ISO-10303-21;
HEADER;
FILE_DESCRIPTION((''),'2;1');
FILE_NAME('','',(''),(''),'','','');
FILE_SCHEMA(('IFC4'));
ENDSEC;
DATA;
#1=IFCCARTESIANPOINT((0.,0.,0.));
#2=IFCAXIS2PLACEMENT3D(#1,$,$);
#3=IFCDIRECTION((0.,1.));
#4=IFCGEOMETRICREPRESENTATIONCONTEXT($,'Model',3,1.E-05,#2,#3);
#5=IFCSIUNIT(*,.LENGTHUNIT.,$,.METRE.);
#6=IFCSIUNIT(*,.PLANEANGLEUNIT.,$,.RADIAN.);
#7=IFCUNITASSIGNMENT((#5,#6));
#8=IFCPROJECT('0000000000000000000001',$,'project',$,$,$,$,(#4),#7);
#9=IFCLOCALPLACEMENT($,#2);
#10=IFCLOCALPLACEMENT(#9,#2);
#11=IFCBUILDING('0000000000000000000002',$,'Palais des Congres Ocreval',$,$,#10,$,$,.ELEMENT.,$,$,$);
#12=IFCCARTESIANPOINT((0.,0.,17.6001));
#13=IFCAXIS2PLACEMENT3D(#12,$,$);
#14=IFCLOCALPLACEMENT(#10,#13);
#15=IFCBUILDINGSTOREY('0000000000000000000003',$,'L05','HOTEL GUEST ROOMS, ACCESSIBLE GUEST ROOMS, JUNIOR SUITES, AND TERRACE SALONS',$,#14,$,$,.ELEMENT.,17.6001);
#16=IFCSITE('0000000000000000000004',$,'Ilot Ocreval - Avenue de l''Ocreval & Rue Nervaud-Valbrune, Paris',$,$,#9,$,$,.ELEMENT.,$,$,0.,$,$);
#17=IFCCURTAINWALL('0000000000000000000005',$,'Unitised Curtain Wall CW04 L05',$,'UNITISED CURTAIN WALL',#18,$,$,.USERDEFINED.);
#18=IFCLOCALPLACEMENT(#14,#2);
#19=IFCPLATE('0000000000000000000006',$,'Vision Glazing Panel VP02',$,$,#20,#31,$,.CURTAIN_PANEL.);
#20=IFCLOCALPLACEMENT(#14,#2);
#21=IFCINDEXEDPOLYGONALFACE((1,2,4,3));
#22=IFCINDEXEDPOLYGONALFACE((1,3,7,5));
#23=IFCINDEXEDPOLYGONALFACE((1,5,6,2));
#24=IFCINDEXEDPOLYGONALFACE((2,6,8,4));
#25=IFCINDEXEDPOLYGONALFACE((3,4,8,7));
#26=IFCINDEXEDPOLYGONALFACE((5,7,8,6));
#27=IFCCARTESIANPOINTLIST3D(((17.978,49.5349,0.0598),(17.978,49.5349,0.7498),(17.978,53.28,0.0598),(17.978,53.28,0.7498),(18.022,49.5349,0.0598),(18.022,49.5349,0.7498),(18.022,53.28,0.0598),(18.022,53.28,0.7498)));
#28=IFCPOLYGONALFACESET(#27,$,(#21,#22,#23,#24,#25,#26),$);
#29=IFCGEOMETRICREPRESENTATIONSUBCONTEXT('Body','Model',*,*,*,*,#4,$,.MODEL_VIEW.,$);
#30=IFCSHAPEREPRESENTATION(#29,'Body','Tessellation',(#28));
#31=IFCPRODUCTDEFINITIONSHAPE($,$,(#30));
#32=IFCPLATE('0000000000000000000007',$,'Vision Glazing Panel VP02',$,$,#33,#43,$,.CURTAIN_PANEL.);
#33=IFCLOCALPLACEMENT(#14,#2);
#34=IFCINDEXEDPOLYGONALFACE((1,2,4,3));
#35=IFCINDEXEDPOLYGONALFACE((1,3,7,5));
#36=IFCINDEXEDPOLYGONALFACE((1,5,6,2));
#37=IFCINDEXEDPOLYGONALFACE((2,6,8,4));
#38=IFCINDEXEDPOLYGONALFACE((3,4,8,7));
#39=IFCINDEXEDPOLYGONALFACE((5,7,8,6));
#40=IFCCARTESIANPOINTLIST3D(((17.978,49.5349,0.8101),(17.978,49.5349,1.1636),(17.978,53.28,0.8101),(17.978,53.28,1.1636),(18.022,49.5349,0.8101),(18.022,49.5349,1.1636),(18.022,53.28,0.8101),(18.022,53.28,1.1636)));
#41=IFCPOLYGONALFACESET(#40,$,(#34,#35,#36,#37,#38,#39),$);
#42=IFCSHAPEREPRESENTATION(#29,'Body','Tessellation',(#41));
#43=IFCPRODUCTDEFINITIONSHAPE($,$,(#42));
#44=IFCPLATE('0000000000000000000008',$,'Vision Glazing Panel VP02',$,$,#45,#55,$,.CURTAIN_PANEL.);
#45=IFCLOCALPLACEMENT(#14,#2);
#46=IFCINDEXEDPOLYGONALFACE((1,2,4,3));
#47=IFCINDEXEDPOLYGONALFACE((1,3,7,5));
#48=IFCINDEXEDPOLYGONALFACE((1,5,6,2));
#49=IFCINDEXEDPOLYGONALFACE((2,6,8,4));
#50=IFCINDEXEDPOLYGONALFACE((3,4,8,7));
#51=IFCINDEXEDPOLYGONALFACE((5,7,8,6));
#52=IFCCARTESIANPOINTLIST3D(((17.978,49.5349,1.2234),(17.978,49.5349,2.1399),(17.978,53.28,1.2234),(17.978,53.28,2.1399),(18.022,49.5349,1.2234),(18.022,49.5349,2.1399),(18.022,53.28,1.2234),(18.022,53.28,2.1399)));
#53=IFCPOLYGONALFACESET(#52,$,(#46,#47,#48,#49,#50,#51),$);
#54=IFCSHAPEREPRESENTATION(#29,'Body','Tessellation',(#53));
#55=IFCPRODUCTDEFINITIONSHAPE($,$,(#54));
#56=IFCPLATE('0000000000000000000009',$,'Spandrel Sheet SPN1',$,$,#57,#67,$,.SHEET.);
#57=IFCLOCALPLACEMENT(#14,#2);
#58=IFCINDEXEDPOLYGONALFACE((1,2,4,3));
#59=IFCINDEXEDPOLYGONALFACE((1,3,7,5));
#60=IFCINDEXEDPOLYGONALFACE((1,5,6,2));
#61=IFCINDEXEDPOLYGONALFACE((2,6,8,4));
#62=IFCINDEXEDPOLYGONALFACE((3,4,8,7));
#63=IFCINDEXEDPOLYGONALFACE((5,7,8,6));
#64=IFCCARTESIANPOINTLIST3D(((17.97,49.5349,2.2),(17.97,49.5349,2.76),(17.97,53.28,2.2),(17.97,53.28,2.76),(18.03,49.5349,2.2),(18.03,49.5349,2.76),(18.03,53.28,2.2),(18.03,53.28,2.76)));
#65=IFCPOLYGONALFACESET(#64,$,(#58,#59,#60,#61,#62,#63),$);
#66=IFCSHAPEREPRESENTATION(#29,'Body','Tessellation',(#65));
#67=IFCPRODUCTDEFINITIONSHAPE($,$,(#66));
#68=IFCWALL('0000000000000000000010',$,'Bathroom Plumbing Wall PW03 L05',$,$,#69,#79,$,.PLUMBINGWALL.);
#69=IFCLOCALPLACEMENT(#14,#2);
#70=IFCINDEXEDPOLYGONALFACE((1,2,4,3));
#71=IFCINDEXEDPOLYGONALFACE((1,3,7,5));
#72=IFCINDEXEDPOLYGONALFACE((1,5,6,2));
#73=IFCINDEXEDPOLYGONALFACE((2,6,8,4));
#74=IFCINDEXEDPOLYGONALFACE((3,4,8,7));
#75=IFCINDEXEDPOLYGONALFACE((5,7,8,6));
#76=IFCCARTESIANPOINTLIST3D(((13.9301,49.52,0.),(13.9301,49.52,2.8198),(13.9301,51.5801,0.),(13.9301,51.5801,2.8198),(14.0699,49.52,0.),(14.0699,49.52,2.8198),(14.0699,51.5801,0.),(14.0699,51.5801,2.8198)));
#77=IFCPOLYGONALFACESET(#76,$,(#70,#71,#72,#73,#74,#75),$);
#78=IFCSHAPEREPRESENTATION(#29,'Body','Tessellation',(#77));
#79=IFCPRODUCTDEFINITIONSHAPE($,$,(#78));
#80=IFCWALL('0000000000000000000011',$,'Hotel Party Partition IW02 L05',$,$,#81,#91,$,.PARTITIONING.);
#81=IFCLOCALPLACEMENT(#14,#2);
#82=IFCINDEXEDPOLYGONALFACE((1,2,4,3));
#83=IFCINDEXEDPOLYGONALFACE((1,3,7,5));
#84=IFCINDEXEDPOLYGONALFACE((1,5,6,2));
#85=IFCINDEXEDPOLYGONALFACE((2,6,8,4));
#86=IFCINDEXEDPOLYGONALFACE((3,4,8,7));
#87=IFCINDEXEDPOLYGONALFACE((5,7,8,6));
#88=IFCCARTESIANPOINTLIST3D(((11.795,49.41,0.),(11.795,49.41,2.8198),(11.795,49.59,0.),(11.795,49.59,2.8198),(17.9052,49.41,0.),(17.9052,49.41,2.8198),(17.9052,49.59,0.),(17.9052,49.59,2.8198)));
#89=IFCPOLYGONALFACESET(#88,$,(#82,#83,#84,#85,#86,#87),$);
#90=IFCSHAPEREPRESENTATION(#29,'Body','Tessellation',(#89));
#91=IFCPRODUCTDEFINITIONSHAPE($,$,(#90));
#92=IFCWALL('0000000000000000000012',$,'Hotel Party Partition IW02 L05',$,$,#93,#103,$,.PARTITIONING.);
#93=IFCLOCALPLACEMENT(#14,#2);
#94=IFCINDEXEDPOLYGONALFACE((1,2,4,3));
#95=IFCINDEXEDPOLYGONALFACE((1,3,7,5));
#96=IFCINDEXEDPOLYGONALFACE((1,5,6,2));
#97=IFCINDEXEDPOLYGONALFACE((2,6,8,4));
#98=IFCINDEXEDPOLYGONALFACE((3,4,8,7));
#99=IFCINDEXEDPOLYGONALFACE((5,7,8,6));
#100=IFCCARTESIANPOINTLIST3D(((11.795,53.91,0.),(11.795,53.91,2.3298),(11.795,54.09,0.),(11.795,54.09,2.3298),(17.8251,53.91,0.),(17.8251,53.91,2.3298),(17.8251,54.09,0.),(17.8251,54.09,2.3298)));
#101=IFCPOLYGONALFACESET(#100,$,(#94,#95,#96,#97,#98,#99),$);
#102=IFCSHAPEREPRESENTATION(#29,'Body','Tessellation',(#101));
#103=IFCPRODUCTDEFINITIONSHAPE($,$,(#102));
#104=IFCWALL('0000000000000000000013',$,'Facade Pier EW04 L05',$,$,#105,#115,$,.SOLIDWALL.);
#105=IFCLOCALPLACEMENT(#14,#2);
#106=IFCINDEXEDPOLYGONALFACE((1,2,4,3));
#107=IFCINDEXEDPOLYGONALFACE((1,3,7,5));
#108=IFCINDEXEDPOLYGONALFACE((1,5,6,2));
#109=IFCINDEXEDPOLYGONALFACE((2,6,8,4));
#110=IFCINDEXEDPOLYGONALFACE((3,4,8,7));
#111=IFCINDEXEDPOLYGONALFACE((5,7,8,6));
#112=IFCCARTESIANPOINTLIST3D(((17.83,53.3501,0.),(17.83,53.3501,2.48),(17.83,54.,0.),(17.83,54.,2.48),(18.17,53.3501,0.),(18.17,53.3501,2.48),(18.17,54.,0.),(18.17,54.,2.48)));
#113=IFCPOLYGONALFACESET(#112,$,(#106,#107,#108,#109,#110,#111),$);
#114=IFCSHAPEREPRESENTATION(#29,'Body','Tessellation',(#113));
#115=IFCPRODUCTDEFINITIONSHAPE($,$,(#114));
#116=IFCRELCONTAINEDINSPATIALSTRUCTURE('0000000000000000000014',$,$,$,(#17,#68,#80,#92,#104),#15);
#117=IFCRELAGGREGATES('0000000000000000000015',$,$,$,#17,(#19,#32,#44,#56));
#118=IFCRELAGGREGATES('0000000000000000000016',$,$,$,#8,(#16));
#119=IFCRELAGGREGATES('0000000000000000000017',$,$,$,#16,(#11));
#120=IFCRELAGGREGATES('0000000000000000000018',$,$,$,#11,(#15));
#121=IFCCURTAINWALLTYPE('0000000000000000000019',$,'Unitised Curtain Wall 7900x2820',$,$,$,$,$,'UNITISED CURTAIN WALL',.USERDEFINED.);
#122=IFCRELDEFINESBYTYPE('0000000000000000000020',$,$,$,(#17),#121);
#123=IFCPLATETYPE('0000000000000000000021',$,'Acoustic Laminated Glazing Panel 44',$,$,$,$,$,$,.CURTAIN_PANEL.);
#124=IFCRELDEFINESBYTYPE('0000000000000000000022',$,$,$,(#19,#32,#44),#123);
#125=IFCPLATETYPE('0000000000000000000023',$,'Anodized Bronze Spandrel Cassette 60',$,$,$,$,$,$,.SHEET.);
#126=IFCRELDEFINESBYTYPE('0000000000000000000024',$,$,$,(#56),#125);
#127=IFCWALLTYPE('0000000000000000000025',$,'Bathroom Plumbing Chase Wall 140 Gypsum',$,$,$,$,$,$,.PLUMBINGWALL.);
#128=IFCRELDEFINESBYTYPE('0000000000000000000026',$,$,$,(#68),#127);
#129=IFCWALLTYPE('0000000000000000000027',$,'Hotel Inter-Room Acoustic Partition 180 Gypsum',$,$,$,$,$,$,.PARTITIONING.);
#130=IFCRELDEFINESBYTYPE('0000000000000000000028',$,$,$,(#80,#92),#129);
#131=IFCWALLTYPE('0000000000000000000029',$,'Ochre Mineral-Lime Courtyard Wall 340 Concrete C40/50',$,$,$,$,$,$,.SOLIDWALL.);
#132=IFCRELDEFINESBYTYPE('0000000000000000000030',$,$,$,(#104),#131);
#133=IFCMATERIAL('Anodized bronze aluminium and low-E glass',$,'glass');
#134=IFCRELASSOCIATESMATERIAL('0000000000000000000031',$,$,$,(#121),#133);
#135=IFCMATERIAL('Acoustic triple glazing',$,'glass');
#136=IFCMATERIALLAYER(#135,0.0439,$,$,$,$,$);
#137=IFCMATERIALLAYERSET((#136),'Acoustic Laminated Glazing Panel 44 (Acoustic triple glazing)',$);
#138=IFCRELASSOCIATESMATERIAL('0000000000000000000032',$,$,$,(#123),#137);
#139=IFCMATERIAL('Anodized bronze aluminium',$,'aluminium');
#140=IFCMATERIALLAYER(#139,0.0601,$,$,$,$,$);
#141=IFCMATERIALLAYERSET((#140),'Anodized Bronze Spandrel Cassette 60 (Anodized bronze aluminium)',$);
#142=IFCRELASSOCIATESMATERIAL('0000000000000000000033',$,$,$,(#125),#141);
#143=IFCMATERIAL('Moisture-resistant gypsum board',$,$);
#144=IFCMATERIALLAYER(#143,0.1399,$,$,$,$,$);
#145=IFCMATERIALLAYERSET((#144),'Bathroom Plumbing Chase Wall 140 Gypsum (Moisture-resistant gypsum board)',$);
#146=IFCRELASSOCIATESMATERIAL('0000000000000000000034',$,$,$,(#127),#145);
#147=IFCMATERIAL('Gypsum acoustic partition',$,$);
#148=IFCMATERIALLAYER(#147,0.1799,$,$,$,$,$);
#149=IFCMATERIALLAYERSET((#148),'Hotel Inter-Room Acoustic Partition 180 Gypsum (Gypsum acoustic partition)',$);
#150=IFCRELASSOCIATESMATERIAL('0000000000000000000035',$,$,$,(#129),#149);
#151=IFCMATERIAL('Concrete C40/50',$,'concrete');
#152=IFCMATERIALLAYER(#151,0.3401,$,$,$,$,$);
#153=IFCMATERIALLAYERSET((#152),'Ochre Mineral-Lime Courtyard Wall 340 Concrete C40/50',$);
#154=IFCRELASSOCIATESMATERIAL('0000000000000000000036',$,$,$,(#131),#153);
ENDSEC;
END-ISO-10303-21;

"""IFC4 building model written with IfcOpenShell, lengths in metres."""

from ifc_helpers import new_model, si_unit, direction, frame, frame_2d, origin, origin_2d, place, context, subcontext, project, spatial, rectangle, extrude, material, layer, layer_set, type_object, element, aggregate, save


model = new_model("IFC4")

# Units and contexts
model_context = context("Model", 3, precision=1e-05, world=origin(), true_north=direction((0.0, 1.0)))
body_context = subcontext(model_context, "Body", "Model", "MODEL_VIEW")
ifc_project = project(units=[si_unit("LENGTHUNIT", "METRE"), si_unit("PLANEANGLEUNIT", "RADIAN")], contexts=[model_context])

# Site, building, storey
site_placement = place(None, origin())
site = spatial("IfcSite", under=ifc_project, at=site_placement, Name="Ilot Ocreval - Avenue de l'Ocreval & Rue Nervaud-Valbrune, Paris", CompositionType="ELEMENT", RefElevation=0.0)
building_placement = place(site_placement, origin())
building = spatial("IfcBuilding", under=site, at=building_placement, Name="Palais des Congres Ocreval", CompositionType="ELEMENT")
storey_placement = place(building_placement, frame((0.0, 0.0, 17.6001)))
storey = spatial("IfcBuildingStorey", under=building, at=storey_placement, Name="L05", Description="HOTEL GUEST ROOMS, ACCESSIBLE GUEST ROOMS, JUNIOR SUITES, AND TERRACE SALONS", CompositionType="ELEMENT", Elevation=17.6001)

# Shared definitions
ifc_material_1 = material(Name="Concrete C40/50", Category="concrete")

# Curtain wall
ifc_material_2 = material(Name="Anodized bronze aluminium and low-E glass", Category="glass")
curtain_wall_type = type_object("IfcCurtainWallType", Name="Unitised Curtain Wall 7900x2820", ElementType="UNITISED CURTAIN WALL", PredefinedType="USERDEFINED", material=ifc_material_2)
curtain_wall_placement = place(storey_placement, origin())
curtain_wall = element("IfcCurtainWall", 1, at=curtain_wall_placement, inside=storey, type_object=curtain_wall_type, Name="Unitised Curtain Wall CW04 L05", ObjectType="UNITISED CURTAIN WALL", PredefinedType="USERDEFINED")
ifc_material_3 = material(Name="Anodized bronze aluminium", Category="aluminium")

# Plates
ifc_material_4 = material(Name="Acoustic triple glazing", Category="glass")
ifc_layer_1 = layer(ifc_material_4, 0.0439)
ifc_layer_set_1 = layer_set([ifc_layer_1], Name="Acoustic Laminated Glazing Panel 44 (Acoustic triple glazing)")
plate_type_1 = type_object("IfcPlateType", Name="Acoustic Laminated Glazing Panel 44", PredefinedType="CURTAIN_PANEL", material=ifc_layer_set_1)
plate_1_placement = place(storey_placement, frame((18.0, 51.4075, 0.0598), z_axis=(0.0, 0.0, 1.0), x_axis=(0.0, -1.0, 0.0)))
plate_1 = element("IfcPlate", 2, at=plate_1_placement, type_object=plate_type_1, Name="Vision Glazing Panel VP02", PredefinedType="CURTAIN_PANEL", context=body_context, shape_type="SweptSolid", body=[
    extrude(rectangle(XDim=3.7451, YDim=0.0439, at=origin_2d()), origin(), (0.0, 0.0, 1.0), 0.6899),
])
plate_2_placement = place(storey_placement, frame((18.0, 51.4075, 0.8101), z_axis=(0.0, 0.0, 1.0), x_axis=(0.0, -1.0, 0.0)))
plate_2 = element("IfcPlate", 3, at=plate_2_placement, type_object=plate_type_1, Name="Vision Glazing Panel VP02", PredefinedType="CURTAIN_PANEL", context=body_context, shape_type="SweptSolid", body=[
    extrude(rectangle(XDim=3.7451, YDim=0.0439, at=origin_2d()), origin(), (0.0, 0.0, 1.0), 0.3535),
])
plate_3_placement = place(storey_placement, frame((18.0, 51.4075, 1.2234), z_axis=(0.0, 0.0, 1.0), x_axis=(0.0, -1.0, 0.0)))
plate_3 = element("IfcPlate", 4, at=plate_3_placement, type_object=plate_type_1, Name="Vision Glazing Panel VP02", PredefinedType="CURTAIN_PANEL", context=body_context, shape_type="SweptSolid", body=[
    extrude(rectangle(XDim=3.7451, YDim=0.0439, at=origin_2d()), origin(), (0.0, 0.0, 1.0), 0.9165),
])
ifc_layer_2 = layer(ifc_material_3, 0.0601)
ifc_layer_set_2 = layer_set([ifc_layer_2], Name="Anodized Bronze Spandrel Cassette 60 (Anodized bronze aluminium)")
plate_type_2 = type_object("IfcPlateType", Name="Anodized Bronze Spandrel Cassette 60", PredefinedType="SHEET", material=ifc_layer_set_2)
plate_4_placement = place(storey_placement, frame((18.0, 51.4075, 2.2), z_axis=(0.0, 0.0, 1.0), x_axis=(0.0, -1.0, 0.0)))
plate_4 = element("IfcPlate", 5, at=plate_4_placement, type_object=plate_type_2, Name="Spandrel Sheet SPN1", PredefinedType="SHEET", context=body_context, shape_type="SweptSolid", body=[
    extrude(rectangle(XDim=3.7451, YDim=0.0601, at=origin_2d()), origin(), (0.0, 0.0, 1.0), 0.5601),
])
aggregate(curtain_wall, [plate_1, plate_2, plate_3, plate_4])

# Walls
ifc_material_5 = material(Name="Moisture-resistant gypsum board")
ifc_layer_3 = layer(ifc_material_5, 0.1399)
ifc_layer_set_3 = layer_set([ifc_layer_3], Name="Bathroom Plumbing Chase Wall 140 Gypsum (Moisture-resistant gypsum board)")
wall_type_1 = type_object("IfcWallType", Name="Bathroom Plumbing Chase Wall 140 Gypsum", PredefinedType="PLUMBINGWALL", material=ifc_layer_set_3)
wall_1_placement = place(storey_placement, frame((14.0, 49.52, 0.0), z_axis=(0.0, 0.0, 1.0), x_axis=(0.0, 1.0, 0.0)))
element("IfcWall", 6, at=wall_1_placement, inside=storey, type_object=wall_type_1, Name="Bathroom Plumbing Wall PW03 L05", PredefinedType="PLUMBINGWALL", context=body_context, shape_type="SweptSolid", body=[
    extrude(rectangle(XDim=2.0601, YDim=0.1399, at=frame_2d((1.03, 0.0))), origin(), (0.0, 0.0, 1.0), 2.8198),
])
ifc_material_6 = material(Name="Gypsum acoustic partition")
ifc_layer_4 = layer(ifc_material_6, 0.1799)
ifc_layer_set_4 = layer_set([ifc_layer_4], Name="Hotel Inter-Room Acoustic Partition 180 Gypsum (Gypsum acoustic partition)")
wall_type_2 = type_object("IfcWallType", Name="Hotel Inter-Room Acoustic Partition 180 Gypsum", PredefinedType="PARTITIONING", material=ifc_layer_set_4)
wall_2_placement = place(storey_placement, frame((11.7949, 49.5, 0.0), z_axis=(0.0, 0.0, 1.0), x_axis=(1.0, 0.0, 0.0)))
element("IfcWall", 7, at=wall_2_placement, inside=storey, type_object=wall_type_2, Name="Hotel Party Partition IW02 L05", PredefinedType="PARTITIONING", context=body_context, shape_type="SweptSolid", body=[
    extrude(rectangle(XDim=6.1101, YDim=0.1799, at=frame_2d((3.0552, 0.0))), origin(), (0.0, 0.0, 1.0), 2.8198),
])
wall_3_placement = place(storey_placement, frame((11.7949, 54.0, 0.0), z_axis=(0.0, 0.0, 1.0), x_axis=(1.0, 0.0, 0.0)))
element("IfcWall", 8, at=wall_3_placement, inside=storey, type_object=wall_type_2, Name="Hotel Party Partition IW02 L05", PredefinedType="PARTITIONING", context=body_context, shape_type="SweptSolid", body=[
    extrude(rectangle(XDim=6.03, YDim=0.1799, at=frame_2d((3.0151, 0.0))), origin(), (0.0, 0.0, 1.0), 2.3298),
])
ifc_layer_5 = layer(ifc_material_1, 0.3401)
ifc_layer_set_5 = layer_set([ifc_layer_5], Name="Ochre Mineral-Lime Courtyard Wall 340 Concrete C40/50")
wall_type_3 = type_object("IfcWallType", Name="Ochre Mineral-Lime Courtyard Wall 340 Concrete C40/50", PredefinedType="SOLIDWALL", material=ifc_layer_set_5)
wall_4_placement = place(storey_placement, frame((18.0, 54.0, 0.0), z_axis=(0.0, 0.0, 1.0), x_axis=(0.0, -1.0, 0.0)))
element("IfcWall", 9, at=wall_4_placement, inside=storey, type_object=wall_type_3, Name="Facade Pier EW04 L05", PredefinedType="SOLIDWALL", context=body_context, shape_type="SweptSolid", body=[
    extrude(rectangle(XDim=0.6499, YDim=0.3401, at=frame_2d((0.325, 0.0))), origin(), (0.0, 0.0, 1.0), 2.48),
])

save(model, "model.ifc")
